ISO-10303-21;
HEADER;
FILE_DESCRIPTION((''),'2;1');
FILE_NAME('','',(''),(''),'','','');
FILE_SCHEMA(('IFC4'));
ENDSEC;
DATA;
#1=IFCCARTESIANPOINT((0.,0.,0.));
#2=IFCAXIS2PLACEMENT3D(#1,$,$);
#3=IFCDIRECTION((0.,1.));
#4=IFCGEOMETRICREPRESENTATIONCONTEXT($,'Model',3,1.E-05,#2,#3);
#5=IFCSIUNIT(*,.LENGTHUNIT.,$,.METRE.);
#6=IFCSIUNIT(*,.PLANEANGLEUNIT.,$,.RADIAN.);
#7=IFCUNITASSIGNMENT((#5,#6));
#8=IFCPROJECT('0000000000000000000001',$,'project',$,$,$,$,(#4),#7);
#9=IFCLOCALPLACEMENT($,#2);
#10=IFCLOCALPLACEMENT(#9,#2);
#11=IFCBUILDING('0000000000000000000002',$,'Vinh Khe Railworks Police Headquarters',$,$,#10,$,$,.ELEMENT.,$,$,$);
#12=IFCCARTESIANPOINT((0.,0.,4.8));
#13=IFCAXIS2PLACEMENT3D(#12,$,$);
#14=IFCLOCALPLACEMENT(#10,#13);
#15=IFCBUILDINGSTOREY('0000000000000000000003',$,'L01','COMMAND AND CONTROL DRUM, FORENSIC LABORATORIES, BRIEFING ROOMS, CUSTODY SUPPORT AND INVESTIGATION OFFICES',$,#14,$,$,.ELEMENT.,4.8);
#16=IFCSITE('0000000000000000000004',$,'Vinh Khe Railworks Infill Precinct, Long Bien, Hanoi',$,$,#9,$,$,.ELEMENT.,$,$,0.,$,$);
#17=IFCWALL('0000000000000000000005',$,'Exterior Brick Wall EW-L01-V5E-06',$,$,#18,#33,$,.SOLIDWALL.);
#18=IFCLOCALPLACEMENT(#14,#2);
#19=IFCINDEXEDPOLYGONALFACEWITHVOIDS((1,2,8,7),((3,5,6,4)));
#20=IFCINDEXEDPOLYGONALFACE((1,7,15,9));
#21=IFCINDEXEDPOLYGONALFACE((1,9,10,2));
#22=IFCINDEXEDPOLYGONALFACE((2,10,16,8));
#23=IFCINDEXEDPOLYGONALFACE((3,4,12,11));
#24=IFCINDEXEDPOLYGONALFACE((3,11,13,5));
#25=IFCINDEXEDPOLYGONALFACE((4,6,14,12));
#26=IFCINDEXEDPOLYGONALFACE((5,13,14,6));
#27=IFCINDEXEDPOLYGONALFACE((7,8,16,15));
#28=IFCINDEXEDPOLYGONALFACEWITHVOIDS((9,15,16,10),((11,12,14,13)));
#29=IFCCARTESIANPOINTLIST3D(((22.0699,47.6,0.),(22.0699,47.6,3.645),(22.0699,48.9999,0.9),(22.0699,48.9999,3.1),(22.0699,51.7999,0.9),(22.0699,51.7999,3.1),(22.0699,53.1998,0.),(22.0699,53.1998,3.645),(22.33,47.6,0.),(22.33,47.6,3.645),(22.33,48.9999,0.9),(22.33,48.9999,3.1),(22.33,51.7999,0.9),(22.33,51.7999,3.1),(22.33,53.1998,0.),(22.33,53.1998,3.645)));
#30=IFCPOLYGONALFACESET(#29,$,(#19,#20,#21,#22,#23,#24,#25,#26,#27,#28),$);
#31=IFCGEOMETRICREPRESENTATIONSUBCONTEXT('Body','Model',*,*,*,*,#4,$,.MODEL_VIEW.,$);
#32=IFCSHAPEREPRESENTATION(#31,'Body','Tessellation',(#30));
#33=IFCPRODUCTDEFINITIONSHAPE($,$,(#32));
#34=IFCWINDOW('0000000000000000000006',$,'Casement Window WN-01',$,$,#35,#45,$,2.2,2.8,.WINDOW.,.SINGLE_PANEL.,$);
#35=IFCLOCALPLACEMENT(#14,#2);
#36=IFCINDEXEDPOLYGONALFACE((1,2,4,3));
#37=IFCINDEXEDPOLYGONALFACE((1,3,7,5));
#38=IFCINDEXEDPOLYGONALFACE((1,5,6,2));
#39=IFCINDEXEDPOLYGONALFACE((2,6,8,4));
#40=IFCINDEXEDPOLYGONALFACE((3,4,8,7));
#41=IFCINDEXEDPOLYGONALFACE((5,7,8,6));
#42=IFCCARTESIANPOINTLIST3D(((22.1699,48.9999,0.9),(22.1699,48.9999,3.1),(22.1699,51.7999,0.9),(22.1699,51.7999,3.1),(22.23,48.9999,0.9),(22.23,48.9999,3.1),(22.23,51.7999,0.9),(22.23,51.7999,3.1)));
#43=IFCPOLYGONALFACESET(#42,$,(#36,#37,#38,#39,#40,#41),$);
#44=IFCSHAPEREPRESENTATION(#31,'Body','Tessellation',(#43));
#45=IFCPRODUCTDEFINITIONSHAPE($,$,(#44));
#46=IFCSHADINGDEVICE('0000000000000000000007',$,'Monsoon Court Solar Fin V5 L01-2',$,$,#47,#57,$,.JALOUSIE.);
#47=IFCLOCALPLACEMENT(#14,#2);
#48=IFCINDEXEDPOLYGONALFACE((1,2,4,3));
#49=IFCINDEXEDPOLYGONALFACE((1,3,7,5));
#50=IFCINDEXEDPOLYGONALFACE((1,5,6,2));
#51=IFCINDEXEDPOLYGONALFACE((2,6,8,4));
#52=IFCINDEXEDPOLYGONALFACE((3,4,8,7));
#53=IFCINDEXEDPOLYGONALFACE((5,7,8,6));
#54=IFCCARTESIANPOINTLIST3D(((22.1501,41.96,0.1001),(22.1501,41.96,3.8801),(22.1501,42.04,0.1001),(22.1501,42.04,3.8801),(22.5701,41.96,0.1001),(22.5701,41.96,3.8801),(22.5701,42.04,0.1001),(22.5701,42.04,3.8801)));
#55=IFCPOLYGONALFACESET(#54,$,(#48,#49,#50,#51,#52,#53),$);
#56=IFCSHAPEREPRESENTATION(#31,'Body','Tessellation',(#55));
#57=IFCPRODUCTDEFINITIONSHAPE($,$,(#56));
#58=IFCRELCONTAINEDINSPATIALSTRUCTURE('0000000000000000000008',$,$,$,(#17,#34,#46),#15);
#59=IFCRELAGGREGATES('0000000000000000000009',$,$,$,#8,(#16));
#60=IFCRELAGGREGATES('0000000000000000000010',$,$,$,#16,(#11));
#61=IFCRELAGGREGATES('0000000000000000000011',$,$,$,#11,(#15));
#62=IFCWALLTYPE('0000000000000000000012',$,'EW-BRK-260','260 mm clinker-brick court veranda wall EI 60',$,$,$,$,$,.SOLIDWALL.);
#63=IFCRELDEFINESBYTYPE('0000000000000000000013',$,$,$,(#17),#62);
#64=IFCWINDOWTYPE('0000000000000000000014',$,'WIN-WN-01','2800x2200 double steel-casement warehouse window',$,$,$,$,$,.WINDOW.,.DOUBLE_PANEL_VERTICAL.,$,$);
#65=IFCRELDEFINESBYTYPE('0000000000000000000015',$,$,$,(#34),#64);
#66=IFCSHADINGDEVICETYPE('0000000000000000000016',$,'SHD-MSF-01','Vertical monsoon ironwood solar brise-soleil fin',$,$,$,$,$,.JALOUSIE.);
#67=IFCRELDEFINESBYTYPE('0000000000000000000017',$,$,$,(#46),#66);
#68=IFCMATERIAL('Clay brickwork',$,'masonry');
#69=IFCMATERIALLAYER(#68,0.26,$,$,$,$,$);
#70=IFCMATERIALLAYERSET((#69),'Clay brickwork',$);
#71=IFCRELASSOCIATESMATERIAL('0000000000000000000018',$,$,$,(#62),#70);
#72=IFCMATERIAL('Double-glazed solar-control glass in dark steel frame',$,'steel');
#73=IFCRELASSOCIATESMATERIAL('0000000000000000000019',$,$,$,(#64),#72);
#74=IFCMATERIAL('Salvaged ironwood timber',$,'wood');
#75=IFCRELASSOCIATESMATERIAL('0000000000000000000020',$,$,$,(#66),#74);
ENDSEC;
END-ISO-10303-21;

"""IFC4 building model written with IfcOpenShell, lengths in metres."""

from ifc_helpers import new_model, si_unit, direction, frame, frame_2d, origin, origin_2d, place, context, subcontext, project, spatial, rectangle, extrude, material, layer, layer_set, type_object, element, fill, save


model = new_model("IFC4")

# Units and contexts
model_context = context("Model", 3, precision=1e-05, world=origin(), true_north=direction((0.0, 1.0)))
body_context = subcontext(model_context, "Body", "Model", "MODEL_VIEW")
ifc_project = project(units=[si_unit("LENGTHUNIT", "METRE"), si_unit("PLANEANGLEUNIT", "RADIAN")], contexts=[model_context])

# Site, building, storey
site_placement = place(None, origin())
site = spatial("IfcSite", under=ifc_project, at=site_placement, Name="Vinh Khe Railworks Infill Precinct, Long Bien, Hanoi", CompositionType="ELEMENT", RefElevation=0.0)
building_placement = place(site_placement, origin())
building = spatial("IfcBuilding", under=site, at=building_placement, Name="Vinh Khe Railworks Police Headquarters", CompositionType="ELEMENT")
storey_placement = place(building_placement, frame((0.0, 0.0, 4.8)))
storey = spatial("IfcBuildingStorey", under=building, at=storey_placement, Name="L01", Description="COMMAND AND CONTROL DRUM, FORENSIC LABORATORIES, BRIEFING ROOMS, CUSTODY SUPPORT AND INVESTIGATION OFFICES", CompositionType="ELEMENT", Elevation=4.8)

# Wall, opening, window
ifc_material_1 = material(Name="Clay brickwork", Category="masonry")
ifc_layer = layer(ifc_material_1, 0.26)
ifc_layer_set = layer_set([ifc_layer], Name="Clay brickwork")
wall_type = type_object("IfcWallType", Name="EW-BRK-260", Description="260 mm clinker-brick court veranda wall EI 60", PredefinedType="SOLIDWALL", material=ifc_layer_set)
ifc_material_2 = material(Name="Double-glazed solar-control glass in dark steel frame", Category="steel")
window_type = type_object("IfcWindowType", Name="WIN-WN-01", Description="2800x2200 double steel-casement warehouse window", PartitioningType="DOUBLE_PANEL_VERTICAL", PredefinedType="WINDOW", material=ifc_material_2)
wall_1_placement = place(storey_placement, frame((22.2, 47.6001, 0.0), z_axis=(0.0, 0.0, 1.0), x_axis=(0.0, 1.0, 0.0)))
wall_1 = element("IfcWall", 1, at=wall_1_placement, inside=storey, type_object=wall_type, Name="Exterior Brick Wall EW-L01-V5E-06", PredefinedType="SOLIDWALL", context=body_context, shape_type="SweptSolid", body=[
    extrude(rectangle(XDim=5.5999, YDim=0.26, at=frame_2d((2.7998, 0.0))), origin(), (0.0, 0.0, 1.0), 3.645),
])
opening_1_placement = place(wall_1_placement, frame((1.3999, 0.0, 0.8999)))
opening_1 = element("IfcOpeningElement", 2, at=opening_1_placement, cuts=wall_1, PredefinedType="OPENING", context=body_context, shape_type="SweptSolid", body=[
    extrude(rectangle(XDim=2.8, YDim=2.2, at=frame_2d((1.3999, 1.1001))), frame((0.0, 0.145, 0.0), z_axis=(0.0, -1.0, 0.0), x_axis=(1.0, 0.0, 0.0)), (0.0, 0.0, 1.0), 0.2898),
])
window_1_placement = place(opening_1_placement, origin())
window_1 = element("IfcWindow", 3, at=window_1_placement, inside=storey, type_object=window_type, Name="Casement Window WN-01", OverallHeight=2.2, OverallWidth=2.8, PartitioningType="SINGLE_PANEL", PredefinedType="WINDOW", context=body_context, shape_type="SweptSolid", body=[
    extrude(rectangle(XDim=2.8, YDim=2.2, at=frame_2d((1.3999, 1.1001))), frame((0.0, 0.03, 0.0), z_axis=(0.0, -1.0, 0.0), x_axis=(1.0, 0.0, 0.0)), (0.0, 0.0, 1.0), 0.0601),
])
fill(opening_1, window_1)

# Shading device
ifc_material_3 = material(Name="Salvaged ironwood timber", Category="wood")
shading_device_type = type_object("IfcShadingDeviceType", Name="SHD-MSF-01", Description="Vertical monsoon ironwood solar brise-soleil fin", PredefinedType="JALOUSIE", material=ifc_material_3)
shading_device_placement = place(storey_placement, frame((22.3601, 42.0, 0.1001), z_axis=(0.0, 0.0, 1.0), x_axis=(1.0, 0.0, 0.0)))
element("IfcShadingDevice", 4, at=shading_device_placement, inside=storey, type_object=shading_device_type, Name="Monsoon Court Solar Fin V5 L01-2", PredefinedType="JALOUSIE", context=body_context, shape_type="SweptSolid", body=[
    extrude(rectangle(XDim=0.4199, YDim=0.0801, at=origin_2d()), origin(), (0.0, 0.0, 1.0), 3.78),
])

save(model, "model.ifc")
